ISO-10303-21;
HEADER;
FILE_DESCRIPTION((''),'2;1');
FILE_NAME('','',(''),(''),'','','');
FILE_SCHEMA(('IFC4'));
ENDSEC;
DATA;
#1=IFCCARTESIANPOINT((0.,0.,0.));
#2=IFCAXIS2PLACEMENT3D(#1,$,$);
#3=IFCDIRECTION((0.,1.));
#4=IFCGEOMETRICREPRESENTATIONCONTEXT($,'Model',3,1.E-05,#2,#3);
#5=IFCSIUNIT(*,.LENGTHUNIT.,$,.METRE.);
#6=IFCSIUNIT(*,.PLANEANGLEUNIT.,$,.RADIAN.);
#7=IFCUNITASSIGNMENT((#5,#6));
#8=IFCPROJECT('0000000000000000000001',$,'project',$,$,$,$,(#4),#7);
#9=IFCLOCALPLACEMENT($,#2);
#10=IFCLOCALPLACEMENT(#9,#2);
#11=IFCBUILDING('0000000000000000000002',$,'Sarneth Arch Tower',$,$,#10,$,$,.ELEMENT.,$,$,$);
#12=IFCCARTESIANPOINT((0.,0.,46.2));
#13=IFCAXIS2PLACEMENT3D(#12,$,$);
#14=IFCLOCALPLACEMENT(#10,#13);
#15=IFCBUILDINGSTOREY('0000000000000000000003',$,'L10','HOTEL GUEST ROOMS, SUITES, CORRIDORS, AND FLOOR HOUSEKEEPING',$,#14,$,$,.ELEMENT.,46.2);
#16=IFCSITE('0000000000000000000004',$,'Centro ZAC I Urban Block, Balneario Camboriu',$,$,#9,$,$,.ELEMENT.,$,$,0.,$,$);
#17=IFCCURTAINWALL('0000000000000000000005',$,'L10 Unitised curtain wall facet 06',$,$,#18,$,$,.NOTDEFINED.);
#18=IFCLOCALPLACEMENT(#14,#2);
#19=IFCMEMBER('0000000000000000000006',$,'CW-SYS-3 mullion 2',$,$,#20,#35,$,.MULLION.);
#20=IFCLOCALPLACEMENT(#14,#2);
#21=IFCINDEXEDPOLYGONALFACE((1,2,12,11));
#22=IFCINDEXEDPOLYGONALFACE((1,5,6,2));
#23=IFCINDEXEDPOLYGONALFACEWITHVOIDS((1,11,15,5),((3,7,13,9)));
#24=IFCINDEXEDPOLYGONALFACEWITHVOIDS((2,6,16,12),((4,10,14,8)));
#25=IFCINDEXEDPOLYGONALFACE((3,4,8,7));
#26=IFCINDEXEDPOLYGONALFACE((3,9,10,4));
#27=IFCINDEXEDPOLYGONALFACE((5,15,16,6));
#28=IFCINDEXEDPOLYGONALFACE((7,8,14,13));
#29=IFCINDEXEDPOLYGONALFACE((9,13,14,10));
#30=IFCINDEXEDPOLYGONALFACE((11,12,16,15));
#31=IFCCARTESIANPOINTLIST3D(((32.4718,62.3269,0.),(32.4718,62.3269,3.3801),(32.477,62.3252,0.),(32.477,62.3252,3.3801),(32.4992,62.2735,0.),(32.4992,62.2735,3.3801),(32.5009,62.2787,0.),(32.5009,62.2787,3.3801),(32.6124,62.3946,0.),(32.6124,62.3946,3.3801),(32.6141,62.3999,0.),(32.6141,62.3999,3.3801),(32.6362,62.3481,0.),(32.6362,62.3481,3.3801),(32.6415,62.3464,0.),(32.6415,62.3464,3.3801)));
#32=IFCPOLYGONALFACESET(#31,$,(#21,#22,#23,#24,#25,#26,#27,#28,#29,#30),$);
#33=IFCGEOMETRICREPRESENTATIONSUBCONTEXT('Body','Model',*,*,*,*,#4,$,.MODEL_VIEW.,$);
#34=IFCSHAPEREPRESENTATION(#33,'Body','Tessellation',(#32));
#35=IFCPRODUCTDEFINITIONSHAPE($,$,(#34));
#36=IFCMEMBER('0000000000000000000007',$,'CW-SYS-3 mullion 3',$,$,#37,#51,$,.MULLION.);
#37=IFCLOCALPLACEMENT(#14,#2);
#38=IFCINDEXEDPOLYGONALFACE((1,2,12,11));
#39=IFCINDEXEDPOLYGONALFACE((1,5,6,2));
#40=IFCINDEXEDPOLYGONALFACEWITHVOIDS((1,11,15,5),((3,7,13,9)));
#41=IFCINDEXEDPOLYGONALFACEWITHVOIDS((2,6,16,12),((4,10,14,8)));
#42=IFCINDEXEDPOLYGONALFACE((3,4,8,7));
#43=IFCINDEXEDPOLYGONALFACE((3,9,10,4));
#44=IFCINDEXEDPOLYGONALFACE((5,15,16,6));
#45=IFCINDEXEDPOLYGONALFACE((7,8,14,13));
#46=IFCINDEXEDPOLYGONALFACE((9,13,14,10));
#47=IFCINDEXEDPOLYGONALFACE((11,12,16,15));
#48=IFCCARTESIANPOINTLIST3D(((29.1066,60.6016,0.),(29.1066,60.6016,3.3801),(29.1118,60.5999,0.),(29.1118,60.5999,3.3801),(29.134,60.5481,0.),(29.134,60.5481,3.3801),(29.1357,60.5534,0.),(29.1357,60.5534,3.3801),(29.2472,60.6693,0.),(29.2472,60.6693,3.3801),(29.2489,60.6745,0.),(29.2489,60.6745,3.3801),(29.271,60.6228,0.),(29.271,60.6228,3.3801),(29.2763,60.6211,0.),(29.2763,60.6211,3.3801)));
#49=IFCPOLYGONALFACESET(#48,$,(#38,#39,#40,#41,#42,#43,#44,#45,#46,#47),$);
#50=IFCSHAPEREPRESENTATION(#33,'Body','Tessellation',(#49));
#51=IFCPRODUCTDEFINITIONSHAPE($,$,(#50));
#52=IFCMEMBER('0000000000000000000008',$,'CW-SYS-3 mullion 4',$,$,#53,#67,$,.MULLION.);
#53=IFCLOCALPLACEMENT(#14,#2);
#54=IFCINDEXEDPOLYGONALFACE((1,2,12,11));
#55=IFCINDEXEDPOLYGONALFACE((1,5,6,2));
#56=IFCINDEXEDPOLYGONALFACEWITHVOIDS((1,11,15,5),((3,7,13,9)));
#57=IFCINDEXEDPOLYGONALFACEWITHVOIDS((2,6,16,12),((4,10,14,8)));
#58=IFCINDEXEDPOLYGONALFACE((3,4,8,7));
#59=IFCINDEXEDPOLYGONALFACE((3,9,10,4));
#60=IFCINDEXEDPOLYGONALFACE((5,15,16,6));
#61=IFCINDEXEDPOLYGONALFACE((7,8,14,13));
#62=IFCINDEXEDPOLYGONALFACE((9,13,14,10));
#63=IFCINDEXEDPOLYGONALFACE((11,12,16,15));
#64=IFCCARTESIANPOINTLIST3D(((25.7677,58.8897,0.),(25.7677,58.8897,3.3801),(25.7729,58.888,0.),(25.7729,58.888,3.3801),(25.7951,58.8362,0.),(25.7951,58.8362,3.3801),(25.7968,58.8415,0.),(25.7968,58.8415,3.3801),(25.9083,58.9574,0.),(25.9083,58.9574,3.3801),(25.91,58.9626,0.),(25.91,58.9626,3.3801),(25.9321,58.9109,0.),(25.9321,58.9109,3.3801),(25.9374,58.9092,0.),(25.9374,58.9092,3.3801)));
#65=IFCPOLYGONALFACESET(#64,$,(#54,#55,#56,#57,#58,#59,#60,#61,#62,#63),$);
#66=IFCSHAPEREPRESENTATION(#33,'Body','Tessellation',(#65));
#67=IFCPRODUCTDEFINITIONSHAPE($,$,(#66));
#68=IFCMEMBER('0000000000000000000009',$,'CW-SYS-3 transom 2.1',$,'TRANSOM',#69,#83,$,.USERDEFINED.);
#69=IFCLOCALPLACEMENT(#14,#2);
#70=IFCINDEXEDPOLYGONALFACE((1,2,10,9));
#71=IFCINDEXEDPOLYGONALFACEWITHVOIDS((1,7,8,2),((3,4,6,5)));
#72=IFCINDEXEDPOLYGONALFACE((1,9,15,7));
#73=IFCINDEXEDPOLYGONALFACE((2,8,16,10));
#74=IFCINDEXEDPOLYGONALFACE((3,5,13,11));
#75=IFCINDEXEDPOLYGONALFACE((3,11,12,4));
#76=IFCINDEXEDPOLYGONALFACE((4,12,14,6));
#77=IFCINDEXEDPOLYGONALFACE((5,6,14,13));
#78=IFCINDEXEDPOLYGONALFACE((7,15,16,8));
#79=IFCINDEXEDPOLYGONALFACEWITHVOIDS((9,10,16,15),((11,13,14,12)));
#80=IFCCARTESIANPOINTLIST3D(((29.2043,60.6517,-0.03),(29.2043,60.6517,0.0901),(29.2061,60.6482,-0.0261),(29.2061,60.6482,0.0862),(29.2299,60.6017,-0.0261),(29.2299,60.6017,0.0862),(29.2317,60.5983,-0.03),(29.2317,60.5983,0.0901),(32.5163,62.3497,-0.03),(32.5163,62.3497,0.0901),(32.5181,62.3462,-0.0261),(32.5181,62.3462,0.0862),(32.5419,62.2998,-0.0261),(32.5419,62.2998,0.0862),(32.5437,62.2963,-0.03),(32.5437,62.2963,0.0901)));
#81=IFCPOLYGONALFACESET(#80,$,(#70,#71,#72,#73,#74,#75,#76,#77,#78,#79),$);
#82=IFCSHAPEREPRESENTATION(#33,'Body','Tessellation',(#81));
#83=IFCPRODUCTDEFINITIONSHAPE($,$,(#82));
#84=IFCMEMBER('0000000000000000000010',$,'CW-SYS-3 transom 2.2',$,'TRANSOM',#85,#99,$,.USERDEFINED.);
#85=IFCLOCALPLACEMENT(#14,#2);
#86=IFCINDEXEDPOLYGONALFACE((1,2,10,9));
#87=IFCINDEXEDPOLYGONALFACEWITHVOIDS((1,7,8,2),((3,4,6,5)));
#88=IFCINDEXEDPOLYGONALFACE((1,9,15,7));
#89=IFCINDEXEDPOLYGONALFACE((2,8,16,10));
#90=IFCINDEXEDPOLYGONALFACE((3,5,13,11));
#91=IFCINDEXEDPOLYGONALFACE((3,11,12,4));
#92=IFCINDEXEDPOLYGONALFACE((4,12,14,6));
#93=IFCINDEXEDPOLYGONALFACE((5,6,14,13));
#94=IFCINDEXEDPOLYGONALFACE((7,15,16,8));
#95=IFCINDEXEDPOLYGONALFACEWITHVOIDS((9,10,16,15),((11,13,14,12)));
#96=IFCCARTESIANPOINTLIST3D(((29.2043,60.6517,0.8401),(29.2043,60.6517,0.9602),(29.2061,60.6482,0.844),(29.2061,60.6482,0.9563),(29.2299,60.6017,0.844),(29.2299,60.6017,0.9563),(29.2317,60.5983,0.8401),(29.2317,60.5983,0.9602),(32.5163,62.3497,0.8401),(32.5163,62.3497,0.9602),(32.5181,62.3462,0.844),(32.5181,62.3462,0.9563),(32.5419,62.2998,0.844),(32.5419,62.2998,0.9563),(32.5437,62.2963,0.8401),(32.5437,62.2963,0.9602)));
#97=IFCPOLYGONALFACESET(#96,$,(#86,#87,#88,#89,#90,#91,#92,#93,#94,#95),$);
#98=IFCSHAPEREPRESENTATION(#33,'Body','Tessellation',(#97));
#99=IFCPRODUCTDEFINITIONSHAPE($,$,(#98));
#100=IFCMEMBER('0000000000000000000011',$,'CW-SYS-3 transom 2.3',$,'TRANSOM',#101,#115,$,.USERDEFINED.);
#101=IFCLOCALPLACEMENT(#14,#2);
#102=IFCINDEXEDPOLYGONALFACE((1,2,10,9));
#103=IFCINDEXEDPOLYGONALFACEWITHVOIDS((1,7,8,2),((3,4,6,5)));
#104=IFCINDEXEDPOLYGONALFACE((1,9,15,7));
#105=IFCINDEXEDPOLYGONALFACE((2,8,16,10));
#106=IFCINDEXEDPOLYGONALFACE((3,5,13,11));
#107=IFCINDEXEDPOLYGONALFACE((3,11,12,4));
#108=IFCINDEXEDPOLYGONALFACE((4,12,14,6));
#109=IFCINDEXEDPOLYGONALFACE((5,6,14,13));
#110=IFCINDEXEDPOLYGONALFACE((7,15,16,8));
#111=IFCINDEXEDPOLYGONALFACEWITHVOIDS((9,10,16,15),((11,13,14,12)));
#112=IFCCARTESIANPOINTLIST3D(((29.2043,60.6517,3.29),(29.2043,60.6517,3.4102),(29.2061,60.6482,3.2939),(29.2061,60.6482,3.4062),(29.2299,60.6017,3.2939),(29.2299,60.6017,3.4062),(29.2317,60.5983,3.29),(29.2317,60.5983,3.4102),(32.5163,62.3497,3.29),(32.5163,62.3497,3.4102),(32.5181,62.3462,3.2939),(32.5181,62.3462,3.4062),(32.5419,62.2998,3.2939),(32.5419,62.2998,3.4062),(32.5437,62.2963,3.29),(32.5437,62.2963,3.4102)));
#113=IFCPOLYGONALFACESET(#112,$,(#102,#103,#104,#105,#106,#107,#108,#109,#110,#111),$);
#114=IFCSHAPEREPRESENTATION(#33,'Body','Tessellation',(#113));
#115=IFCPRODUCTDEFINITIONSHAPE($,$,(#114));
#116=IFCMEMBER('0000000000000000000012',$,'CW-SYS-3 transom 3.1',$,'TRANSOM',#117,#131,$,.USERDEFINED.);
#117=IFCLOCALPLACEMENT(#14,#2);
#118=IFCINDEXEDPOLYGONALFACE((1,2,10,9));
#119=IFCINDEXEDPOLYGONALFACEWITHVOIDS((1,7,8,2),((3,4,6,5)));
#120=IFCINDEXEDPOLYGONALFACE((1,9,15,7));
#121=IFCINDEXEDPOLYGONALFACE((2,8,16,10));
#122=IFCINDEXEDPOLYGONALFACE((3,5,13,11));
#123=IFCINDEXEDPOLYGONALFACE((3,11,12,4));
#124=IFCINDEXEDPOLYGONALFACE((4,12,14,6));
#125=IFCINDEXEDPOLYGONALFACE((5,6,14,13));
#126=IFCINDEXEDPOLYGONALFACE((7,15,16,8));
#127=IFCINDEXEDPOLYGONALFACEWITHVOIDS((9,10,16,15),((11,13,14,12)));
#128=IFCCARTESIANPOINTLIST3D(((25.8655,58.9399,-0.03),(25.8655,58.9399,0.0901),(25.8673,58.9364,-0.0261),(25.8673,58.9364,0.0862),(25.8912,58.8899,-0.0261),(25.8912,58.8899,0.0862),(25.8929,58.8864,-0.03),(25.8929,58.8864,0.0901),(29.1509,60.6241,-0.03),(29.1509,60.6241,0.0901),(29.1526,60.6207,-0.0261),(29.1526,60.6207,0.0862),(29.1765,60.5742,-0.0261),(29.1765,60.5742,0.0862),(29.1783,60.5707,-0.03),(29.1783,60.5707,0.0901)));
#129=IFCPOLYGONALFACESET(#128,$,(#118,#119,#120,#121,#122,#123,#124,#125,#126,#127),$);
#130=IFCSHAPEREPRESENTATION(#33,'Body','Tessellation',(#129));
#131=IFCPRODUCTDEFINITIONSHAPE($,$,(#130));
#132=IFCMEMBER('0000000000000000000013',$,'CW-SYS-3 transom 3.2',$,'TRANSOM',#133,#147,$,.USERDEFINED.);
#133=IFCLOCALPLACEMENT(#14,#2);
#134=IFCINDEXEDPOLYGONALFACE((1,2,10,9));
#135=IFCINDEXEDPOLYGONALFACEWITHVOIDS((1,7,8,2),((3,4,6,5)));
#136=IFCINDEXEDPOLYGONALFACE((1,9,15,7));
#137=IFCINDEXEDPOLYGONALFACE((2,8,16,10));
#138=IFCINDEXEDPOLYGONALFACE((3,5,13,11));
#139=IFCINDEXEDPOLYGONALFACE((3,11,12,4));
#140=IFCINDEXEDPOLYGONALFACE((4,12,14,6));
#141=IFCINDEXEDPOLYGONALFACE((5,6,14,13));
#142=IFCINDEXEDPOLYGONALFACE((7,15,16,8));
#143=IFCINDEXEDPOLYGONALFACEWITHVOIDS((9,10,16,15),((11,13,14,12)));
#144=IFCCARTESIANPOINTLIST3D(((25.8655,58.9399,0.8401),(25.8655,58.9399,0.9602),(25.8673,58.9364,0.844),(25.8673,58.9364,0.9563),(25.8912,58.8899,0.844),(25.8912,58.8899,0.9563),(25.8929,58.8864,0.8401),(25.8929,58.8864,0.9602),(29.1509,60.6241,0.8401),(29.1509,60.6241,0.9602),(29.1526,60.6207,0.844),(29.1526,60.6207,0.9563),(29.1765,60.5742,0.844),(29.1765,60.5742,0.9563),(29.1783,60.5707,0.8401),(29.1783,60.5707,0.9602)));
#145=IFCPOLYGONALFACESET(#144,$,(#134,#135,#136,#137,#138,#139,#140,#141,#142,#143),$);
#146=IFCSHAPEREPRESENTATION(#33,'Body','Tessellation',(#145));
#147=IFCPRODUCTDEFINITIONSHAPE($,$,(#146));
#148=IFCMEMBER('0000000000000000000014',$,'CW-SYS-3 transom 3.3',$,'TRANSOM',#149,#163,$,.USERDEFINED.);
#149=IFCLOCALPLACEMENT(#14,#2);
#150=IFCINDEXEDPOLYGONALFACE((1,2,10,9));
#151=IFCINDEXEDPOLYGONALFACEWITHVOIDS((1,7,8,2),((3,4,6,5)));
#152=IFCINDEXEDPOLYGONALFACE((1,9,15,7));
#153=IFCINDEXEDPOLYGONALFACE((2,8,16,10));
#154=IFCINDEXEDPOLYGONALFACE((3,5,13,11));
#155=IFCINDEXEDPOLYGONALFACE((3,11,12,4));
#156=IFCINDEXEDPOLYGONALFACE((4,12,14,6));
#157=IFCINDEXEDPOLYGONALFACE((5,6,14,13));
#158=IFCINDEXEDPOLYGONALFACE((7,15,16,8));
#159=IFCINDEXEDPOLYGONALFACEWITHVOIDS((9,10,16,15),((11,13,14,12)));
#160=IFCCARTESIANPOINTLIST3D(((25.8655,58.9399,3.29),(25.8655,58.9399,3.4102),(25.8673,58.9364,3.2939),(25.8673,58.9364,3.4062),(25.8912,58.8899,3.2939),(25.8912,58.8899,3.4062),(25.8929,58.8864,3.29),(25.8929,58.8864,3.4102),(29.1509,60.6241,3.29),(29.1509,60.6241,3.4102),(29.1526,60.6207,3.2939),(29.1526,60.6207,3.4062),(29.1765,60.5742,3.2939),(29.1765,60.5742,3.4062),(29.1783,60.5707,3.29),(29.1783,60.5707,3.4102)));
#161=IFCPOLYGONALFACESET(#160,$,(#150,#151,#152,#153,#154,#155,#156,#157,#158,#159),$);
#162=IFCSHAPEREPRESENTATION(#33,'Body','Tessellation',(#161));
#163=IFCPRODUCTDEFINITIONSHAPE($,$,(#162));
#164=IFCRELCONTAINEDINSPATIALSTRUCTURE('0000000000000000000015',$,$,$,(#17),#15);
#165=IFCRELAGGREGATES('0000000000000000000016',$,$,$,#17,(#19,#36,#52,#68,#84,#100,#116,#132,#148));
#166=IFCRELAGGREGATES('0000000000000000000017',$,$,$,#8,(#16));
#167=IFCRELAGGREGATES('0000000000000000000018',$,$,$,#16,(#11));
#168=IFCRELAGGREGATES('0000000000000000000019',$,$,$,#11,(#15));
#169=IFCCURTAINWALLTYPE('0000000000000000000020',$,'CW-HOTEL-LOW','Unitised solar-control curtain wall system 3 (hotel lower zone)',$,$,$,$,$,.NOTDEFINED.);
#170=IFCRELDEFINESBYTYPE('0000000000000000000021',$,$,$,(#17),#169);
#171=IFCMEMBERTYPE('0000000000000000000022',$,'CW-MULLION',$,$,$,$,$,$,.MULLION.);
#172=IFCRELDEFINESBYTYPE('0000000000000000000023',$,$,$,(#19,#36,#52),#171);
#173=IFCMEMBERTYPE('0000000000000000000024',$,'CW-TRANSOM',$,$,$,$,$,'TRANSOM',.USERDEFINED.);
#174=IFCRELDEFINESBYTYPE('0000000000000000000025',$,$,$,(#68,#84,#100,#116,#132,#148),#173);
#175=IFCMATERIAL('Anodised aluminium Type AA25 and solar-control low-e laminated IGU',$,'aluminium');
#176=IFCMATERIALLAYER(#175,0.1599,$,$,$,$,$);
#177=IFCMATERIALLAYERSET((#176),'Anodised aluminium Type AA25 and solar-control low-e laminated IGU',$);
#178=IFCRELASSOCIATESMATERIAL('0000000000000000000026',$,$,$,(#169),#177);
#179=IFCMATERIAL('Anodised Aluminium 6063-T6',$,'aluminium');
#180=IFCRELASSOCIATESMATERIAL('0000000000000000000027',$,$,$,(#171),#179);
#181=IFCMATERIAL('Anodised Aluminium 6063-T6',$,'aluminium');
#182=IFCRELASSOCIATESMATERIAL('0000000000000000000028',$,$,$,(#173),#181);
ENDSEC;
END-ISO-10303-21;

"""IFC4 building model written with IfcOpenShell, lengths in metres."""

from ifc_helpers import new_model, si_unit, direction, frame, origin, origin_2d, place, context, subcontext, project, spatial, hollow_rectangle, extrude, material, layer, layer_set, material_profile, profile_set, type_object, element, aggregate, save


model = new_model("IFC4")

# Units and contexts
model_context = context("Model", 3, precision=1e-05, world=origin(), true_north=direction((0.0, 1.0)))
body_context = subcontext(model_context, "Body", "Model", "MODEL_VIEW")
ifc_project = project(units=[si_unit("LENGTHUNIT", "METRE"), si_unit("PLANEANGLEUNIT", "RADIAN")], contexts=[model_context])

# Site, building, storey
site_placement = place(None, origin())
site = spatial("IfcSite", under=ifc_project, at=site_placement, Name="Centro ZAC I Urban Block, Balneario Camboriu", CompositionType="ELEMENT", RefElevation=0.0)
building_placement = place(site_placement, origin())
building = spatial("IfcBuilding", under=site, at=building_placement, Name="Sarneth Arch Tower", CompositionType="ELEMENT")
storey_placement = place(building_placement, frame((0.0, 0.0, 46.2)))
storey = spatial("IfcBuildingStorey", under=building, at=storey_placement, Name="L10", Description="HOTEL GUEST ROOMS, SUITES, CORRIDORS, AND FLOOR HOUSEKEEPING", CompositionType="ELEMENT", Elevation=46.2)

# Curtain wall, members
ifc_material_1 = material(Name="Anodised aluminium Type AA25 and solar-control low-e laminated IGU", Category="aluminium")
ifc_layer_1 = layer(ifc_material_1, 0.1599)
ifc_layer_set_1 = layer_set([ifc_layer_1], Name="Anodised aluminium Type AA25 and solar-control low-e laminated IGU")
curtain_wall_type = type_object("IfcCurtainWallType", Name="CW-HOTEL-LOW", Description="Unitised solar-control curtain wall system 3 (hotel lower zone)", PredefinedType="NOTDEFINED", material=ifc_layer_set_1)
curtain_wall_placement = place(storey_placement, origin())
curtain_wall = element("IfcCurtainWall", 1, at=curtain_wall_placement, inside=storey, type_object=curtain_wall_type, Name="L10 Unitised curtain wall facet 06", PredefinedType="NOTDEFINED")
ifc_material_2 = material(Name="Anodised Aluminium 6063-T6", Category="aluminium")
ifc_material_profile_1 = material_profile(ifc_material_2, hollow_rectangle(XDim=0.0601, YDim=0.1599, WallThickness=0.0039, at=origin_2d()), Name="AL-MULL-160x60x4")
ifc_profile_set_1 = profile_set([ifc_material_profile_1], Name="Anodised Aluminium 6063-T6")
member_type_1 = type_object("IfcMemberType", Name="CW-MULLION", PredefinedType="MULLION", material=ifc_profile_set_1)
member_1_placement = place(storey_placement, frame((32.5566, 62.3367, 0.0), z_axis=(0.0, 0.0, 1.0), x_axis=(0.456245, -0.889854, 0.0)))
member_1 = element("IfcMember", 2, at=member_1_placement, type_object=member_type_1, Name="CW-SYS-3 mullion 2", PredefinedType="MULLION", context=body_context, shape_type="SweptSolid", body=[
    extrude(hollow_rectangle(XDim=0.0601, YDim=0.1599, WallThickness=0.0039, at=origin_2d()), origin(), (0.0, 0.0, 1.0), 3.3801),
])
member_2_placement = place(storey_placement, frame((29.1914, 60.6113, 0.0), z_axis=(0.0, 0.0, 1.0), x_axis=(0.456245, -0.889854, 0.0)))
member_2 = element("IfcMember", 3, at=member_2_placement, type_object=member_type_1, Name="CW-SYS-3 mullion 3", PredefinedType="MULLION", context=body_context, shape_type="SweptSolid", body=[
    extrude(hollow_rectangle(XDim=0.0601, YDim=0.1599, WallThickness=0.0039, at=origin_2d()), origin(), (0.0, 0.0, 1.0), 3.3801),
])
member_3_placement = place(storey_placement, frame((25.8525, 58.8994, 0.0), z_axis=(0.0, 0.0, 1.0), x_axis=(0.456245, -0.889854, 0.0)))
member_3 = element("IfcMember", 4, at=member_3_placement, type_object=member_type_1, Name="CW-SYS-3 mullion 4", PredefinedType="MULLION", context=body_context, shape_type="SweptSolid", body=[
    extrude(hollow_rectangle(XDim=0.0601, YDim=0.1599, WallThickness=0.0039, at=origin_2d()), origin(), (0.0, 0.0, 1.0), 3.3801),
])
ifc_material_3 = material(Name="Anodised Aluminium 6063-T6", Category="aluminium")
ifc_material_profile_2 = material_profile(ifc_material_3, hollow_rectangle(XDim=0.0601, YDim=0.1201, WallThickness=0.0039, at=origin_2d()), Name="AL-TRAN-120x60x4")
ifc_profile_set_2 = profile_set([ifc_material_profile_2], Name="Anodised Aluminium 6063-T6")
member_type_2 = type_object("IfcMemberType", Name="CW-TRANSOM", ElementType="TRANSOM", PredefinedType="USERDEFINED", material=ifc_profile_set_2)
member_4_placement = place(storey_placement, frame((32.53, 62.323, 0.03), z_axis=(-0.889869, -0.456217, 0.0), x_axis=(0.456217, -0.889869, 0.0)))
member_4 = element("IfcMember", 5, at=member_4_placement, type_object=member_type_2, Name="CW-SYS-3 transom 2.1", ObjectType="TRANSOM", PredefinedType="USERDEFINED", context=body_context, shape_type="SweptSolid", body=[
    extrude(hollow_rectangle(XDim=0.0601, YDim=0.1201, WallThickness=0.0039, at=origin_2d()), origin(), (0.0, 0.0, 1.0), 3.7219),
])
member_5_placement = place(storey_placement, frame((32.53, 62.323, 0.9001), z_axis=(-0.889869, -0.456217, 0.0), x_axis=(0.456217, -0.889869, 0.0)))
member_5 = element("IfcMember", 6, at=member_5_placement, type_object=member_type_2, Name="CW-SYS-3 transom 2.2", ObjectType="TRANSOM", PredefinedType="USERDEFINED", context=body_context, shape_type="SweptSolid", body=[
    extrude(hollow_rectangle(XDim=0.0601, YDim=0.1201, WallThickness=0.0039, at=origin_2d()), origin(), (0.0, 0.0, 1.0), 3.7219),
])
member_6_placement = place(storey_placement, frame((32.53, 62.323, 3.3501), z_axis=(-0.889869, -0.456217, 0.0), x_axis=(0.456217, -0.889869, 0.0)))
member_6 = element("IfcMember", 7, at=member_6_placement, type_object=member_type_2, Name="CW-SYS-3 transom 2.3", ObjectType="TRANSOM", PredefinedType="USERDEFINED", context=body_context, shape_type="SweptSolid", body=[
    extrude(hollow_rectangle(XDim=0.0601, YDim=0.1201, WallThickness=0.0039, at=origin_2d()), origin(), (0.0, 0.0, 1.0), 3.7219),
])
member_7_placement = place(storey_placement, frame((29.1646, 60.5974, 0.03), z_axis=(-0.889872, -0.456211, 0.0), x_axis=(0.456211, -0.889872, 0.0)))
member_7 = element("IfcMember", 8, at=member_7_placement, type_object=member_type_2, Name="CW-SYS-3 transom 3.1", ObjectType="TRANSOM", PredefinedType="USERDEFINED", context=body_context, shape_type="SweptSolid", body=[
    extrude(hollow_rectangle(XDim=0.0601, YDim=0.1201, WallThickness=0.0039, at=origin_2d()), origin(), (0.0, 0.0, 1.0), 3.6919),
])
member_8_placement = place(storey_placement, frame((29.1646, 60.5974, 0.9001), z_axis=(-0.889872, -0.456211, 0.0), x_axis=(0.456211, -0.889872, 0.0)))
member_8 = element("IfcMember", 9, at=member_8_placement, type_object=member_type_2, Name="CW-SYS-3 transom 3.2", ObjectType="TRANSOM", PredefinedType="USERDEFINED", context=body_context, shape_type="SweptSolid", body=[
    extrude(hollow_rectangle(XDim=0.0601, YDim=0.1201, WallThickness=0.0039, at=origin_2d()), origin(), (0.0, 0.0, 1.0), 3.6919),
])
member_9_placement = place(storey_placement, frame((29.1646, 60.5974, 3.3501), z_axis=(-0.889872, -0.456211, 0.0), x_axis=(0.456211, -0.889872, 0.0)))
member_9 = element("IfcMember", 10, at=member_9_placement, type_object=member_type_2, Name="CW-SYS-3 transom 3.3", ObjectType="TRANSOM", PredefinedType="USERDEFINED", context=body_context, shape_type="SweptSolid", body=[
    extrude(hollow_rectangle(XDim=0.0601, YDim=0.1201, WallThickness=0.0039, at=origin_2d()), origin(), (0.0, 0.0, 1.0), 3.6919),
])

aggregate(curtain_wall, [member_1, member_2, member_3, member_4, member_5, member_6, member_7, member_8, member_9])

save(model, "model.ifc")
